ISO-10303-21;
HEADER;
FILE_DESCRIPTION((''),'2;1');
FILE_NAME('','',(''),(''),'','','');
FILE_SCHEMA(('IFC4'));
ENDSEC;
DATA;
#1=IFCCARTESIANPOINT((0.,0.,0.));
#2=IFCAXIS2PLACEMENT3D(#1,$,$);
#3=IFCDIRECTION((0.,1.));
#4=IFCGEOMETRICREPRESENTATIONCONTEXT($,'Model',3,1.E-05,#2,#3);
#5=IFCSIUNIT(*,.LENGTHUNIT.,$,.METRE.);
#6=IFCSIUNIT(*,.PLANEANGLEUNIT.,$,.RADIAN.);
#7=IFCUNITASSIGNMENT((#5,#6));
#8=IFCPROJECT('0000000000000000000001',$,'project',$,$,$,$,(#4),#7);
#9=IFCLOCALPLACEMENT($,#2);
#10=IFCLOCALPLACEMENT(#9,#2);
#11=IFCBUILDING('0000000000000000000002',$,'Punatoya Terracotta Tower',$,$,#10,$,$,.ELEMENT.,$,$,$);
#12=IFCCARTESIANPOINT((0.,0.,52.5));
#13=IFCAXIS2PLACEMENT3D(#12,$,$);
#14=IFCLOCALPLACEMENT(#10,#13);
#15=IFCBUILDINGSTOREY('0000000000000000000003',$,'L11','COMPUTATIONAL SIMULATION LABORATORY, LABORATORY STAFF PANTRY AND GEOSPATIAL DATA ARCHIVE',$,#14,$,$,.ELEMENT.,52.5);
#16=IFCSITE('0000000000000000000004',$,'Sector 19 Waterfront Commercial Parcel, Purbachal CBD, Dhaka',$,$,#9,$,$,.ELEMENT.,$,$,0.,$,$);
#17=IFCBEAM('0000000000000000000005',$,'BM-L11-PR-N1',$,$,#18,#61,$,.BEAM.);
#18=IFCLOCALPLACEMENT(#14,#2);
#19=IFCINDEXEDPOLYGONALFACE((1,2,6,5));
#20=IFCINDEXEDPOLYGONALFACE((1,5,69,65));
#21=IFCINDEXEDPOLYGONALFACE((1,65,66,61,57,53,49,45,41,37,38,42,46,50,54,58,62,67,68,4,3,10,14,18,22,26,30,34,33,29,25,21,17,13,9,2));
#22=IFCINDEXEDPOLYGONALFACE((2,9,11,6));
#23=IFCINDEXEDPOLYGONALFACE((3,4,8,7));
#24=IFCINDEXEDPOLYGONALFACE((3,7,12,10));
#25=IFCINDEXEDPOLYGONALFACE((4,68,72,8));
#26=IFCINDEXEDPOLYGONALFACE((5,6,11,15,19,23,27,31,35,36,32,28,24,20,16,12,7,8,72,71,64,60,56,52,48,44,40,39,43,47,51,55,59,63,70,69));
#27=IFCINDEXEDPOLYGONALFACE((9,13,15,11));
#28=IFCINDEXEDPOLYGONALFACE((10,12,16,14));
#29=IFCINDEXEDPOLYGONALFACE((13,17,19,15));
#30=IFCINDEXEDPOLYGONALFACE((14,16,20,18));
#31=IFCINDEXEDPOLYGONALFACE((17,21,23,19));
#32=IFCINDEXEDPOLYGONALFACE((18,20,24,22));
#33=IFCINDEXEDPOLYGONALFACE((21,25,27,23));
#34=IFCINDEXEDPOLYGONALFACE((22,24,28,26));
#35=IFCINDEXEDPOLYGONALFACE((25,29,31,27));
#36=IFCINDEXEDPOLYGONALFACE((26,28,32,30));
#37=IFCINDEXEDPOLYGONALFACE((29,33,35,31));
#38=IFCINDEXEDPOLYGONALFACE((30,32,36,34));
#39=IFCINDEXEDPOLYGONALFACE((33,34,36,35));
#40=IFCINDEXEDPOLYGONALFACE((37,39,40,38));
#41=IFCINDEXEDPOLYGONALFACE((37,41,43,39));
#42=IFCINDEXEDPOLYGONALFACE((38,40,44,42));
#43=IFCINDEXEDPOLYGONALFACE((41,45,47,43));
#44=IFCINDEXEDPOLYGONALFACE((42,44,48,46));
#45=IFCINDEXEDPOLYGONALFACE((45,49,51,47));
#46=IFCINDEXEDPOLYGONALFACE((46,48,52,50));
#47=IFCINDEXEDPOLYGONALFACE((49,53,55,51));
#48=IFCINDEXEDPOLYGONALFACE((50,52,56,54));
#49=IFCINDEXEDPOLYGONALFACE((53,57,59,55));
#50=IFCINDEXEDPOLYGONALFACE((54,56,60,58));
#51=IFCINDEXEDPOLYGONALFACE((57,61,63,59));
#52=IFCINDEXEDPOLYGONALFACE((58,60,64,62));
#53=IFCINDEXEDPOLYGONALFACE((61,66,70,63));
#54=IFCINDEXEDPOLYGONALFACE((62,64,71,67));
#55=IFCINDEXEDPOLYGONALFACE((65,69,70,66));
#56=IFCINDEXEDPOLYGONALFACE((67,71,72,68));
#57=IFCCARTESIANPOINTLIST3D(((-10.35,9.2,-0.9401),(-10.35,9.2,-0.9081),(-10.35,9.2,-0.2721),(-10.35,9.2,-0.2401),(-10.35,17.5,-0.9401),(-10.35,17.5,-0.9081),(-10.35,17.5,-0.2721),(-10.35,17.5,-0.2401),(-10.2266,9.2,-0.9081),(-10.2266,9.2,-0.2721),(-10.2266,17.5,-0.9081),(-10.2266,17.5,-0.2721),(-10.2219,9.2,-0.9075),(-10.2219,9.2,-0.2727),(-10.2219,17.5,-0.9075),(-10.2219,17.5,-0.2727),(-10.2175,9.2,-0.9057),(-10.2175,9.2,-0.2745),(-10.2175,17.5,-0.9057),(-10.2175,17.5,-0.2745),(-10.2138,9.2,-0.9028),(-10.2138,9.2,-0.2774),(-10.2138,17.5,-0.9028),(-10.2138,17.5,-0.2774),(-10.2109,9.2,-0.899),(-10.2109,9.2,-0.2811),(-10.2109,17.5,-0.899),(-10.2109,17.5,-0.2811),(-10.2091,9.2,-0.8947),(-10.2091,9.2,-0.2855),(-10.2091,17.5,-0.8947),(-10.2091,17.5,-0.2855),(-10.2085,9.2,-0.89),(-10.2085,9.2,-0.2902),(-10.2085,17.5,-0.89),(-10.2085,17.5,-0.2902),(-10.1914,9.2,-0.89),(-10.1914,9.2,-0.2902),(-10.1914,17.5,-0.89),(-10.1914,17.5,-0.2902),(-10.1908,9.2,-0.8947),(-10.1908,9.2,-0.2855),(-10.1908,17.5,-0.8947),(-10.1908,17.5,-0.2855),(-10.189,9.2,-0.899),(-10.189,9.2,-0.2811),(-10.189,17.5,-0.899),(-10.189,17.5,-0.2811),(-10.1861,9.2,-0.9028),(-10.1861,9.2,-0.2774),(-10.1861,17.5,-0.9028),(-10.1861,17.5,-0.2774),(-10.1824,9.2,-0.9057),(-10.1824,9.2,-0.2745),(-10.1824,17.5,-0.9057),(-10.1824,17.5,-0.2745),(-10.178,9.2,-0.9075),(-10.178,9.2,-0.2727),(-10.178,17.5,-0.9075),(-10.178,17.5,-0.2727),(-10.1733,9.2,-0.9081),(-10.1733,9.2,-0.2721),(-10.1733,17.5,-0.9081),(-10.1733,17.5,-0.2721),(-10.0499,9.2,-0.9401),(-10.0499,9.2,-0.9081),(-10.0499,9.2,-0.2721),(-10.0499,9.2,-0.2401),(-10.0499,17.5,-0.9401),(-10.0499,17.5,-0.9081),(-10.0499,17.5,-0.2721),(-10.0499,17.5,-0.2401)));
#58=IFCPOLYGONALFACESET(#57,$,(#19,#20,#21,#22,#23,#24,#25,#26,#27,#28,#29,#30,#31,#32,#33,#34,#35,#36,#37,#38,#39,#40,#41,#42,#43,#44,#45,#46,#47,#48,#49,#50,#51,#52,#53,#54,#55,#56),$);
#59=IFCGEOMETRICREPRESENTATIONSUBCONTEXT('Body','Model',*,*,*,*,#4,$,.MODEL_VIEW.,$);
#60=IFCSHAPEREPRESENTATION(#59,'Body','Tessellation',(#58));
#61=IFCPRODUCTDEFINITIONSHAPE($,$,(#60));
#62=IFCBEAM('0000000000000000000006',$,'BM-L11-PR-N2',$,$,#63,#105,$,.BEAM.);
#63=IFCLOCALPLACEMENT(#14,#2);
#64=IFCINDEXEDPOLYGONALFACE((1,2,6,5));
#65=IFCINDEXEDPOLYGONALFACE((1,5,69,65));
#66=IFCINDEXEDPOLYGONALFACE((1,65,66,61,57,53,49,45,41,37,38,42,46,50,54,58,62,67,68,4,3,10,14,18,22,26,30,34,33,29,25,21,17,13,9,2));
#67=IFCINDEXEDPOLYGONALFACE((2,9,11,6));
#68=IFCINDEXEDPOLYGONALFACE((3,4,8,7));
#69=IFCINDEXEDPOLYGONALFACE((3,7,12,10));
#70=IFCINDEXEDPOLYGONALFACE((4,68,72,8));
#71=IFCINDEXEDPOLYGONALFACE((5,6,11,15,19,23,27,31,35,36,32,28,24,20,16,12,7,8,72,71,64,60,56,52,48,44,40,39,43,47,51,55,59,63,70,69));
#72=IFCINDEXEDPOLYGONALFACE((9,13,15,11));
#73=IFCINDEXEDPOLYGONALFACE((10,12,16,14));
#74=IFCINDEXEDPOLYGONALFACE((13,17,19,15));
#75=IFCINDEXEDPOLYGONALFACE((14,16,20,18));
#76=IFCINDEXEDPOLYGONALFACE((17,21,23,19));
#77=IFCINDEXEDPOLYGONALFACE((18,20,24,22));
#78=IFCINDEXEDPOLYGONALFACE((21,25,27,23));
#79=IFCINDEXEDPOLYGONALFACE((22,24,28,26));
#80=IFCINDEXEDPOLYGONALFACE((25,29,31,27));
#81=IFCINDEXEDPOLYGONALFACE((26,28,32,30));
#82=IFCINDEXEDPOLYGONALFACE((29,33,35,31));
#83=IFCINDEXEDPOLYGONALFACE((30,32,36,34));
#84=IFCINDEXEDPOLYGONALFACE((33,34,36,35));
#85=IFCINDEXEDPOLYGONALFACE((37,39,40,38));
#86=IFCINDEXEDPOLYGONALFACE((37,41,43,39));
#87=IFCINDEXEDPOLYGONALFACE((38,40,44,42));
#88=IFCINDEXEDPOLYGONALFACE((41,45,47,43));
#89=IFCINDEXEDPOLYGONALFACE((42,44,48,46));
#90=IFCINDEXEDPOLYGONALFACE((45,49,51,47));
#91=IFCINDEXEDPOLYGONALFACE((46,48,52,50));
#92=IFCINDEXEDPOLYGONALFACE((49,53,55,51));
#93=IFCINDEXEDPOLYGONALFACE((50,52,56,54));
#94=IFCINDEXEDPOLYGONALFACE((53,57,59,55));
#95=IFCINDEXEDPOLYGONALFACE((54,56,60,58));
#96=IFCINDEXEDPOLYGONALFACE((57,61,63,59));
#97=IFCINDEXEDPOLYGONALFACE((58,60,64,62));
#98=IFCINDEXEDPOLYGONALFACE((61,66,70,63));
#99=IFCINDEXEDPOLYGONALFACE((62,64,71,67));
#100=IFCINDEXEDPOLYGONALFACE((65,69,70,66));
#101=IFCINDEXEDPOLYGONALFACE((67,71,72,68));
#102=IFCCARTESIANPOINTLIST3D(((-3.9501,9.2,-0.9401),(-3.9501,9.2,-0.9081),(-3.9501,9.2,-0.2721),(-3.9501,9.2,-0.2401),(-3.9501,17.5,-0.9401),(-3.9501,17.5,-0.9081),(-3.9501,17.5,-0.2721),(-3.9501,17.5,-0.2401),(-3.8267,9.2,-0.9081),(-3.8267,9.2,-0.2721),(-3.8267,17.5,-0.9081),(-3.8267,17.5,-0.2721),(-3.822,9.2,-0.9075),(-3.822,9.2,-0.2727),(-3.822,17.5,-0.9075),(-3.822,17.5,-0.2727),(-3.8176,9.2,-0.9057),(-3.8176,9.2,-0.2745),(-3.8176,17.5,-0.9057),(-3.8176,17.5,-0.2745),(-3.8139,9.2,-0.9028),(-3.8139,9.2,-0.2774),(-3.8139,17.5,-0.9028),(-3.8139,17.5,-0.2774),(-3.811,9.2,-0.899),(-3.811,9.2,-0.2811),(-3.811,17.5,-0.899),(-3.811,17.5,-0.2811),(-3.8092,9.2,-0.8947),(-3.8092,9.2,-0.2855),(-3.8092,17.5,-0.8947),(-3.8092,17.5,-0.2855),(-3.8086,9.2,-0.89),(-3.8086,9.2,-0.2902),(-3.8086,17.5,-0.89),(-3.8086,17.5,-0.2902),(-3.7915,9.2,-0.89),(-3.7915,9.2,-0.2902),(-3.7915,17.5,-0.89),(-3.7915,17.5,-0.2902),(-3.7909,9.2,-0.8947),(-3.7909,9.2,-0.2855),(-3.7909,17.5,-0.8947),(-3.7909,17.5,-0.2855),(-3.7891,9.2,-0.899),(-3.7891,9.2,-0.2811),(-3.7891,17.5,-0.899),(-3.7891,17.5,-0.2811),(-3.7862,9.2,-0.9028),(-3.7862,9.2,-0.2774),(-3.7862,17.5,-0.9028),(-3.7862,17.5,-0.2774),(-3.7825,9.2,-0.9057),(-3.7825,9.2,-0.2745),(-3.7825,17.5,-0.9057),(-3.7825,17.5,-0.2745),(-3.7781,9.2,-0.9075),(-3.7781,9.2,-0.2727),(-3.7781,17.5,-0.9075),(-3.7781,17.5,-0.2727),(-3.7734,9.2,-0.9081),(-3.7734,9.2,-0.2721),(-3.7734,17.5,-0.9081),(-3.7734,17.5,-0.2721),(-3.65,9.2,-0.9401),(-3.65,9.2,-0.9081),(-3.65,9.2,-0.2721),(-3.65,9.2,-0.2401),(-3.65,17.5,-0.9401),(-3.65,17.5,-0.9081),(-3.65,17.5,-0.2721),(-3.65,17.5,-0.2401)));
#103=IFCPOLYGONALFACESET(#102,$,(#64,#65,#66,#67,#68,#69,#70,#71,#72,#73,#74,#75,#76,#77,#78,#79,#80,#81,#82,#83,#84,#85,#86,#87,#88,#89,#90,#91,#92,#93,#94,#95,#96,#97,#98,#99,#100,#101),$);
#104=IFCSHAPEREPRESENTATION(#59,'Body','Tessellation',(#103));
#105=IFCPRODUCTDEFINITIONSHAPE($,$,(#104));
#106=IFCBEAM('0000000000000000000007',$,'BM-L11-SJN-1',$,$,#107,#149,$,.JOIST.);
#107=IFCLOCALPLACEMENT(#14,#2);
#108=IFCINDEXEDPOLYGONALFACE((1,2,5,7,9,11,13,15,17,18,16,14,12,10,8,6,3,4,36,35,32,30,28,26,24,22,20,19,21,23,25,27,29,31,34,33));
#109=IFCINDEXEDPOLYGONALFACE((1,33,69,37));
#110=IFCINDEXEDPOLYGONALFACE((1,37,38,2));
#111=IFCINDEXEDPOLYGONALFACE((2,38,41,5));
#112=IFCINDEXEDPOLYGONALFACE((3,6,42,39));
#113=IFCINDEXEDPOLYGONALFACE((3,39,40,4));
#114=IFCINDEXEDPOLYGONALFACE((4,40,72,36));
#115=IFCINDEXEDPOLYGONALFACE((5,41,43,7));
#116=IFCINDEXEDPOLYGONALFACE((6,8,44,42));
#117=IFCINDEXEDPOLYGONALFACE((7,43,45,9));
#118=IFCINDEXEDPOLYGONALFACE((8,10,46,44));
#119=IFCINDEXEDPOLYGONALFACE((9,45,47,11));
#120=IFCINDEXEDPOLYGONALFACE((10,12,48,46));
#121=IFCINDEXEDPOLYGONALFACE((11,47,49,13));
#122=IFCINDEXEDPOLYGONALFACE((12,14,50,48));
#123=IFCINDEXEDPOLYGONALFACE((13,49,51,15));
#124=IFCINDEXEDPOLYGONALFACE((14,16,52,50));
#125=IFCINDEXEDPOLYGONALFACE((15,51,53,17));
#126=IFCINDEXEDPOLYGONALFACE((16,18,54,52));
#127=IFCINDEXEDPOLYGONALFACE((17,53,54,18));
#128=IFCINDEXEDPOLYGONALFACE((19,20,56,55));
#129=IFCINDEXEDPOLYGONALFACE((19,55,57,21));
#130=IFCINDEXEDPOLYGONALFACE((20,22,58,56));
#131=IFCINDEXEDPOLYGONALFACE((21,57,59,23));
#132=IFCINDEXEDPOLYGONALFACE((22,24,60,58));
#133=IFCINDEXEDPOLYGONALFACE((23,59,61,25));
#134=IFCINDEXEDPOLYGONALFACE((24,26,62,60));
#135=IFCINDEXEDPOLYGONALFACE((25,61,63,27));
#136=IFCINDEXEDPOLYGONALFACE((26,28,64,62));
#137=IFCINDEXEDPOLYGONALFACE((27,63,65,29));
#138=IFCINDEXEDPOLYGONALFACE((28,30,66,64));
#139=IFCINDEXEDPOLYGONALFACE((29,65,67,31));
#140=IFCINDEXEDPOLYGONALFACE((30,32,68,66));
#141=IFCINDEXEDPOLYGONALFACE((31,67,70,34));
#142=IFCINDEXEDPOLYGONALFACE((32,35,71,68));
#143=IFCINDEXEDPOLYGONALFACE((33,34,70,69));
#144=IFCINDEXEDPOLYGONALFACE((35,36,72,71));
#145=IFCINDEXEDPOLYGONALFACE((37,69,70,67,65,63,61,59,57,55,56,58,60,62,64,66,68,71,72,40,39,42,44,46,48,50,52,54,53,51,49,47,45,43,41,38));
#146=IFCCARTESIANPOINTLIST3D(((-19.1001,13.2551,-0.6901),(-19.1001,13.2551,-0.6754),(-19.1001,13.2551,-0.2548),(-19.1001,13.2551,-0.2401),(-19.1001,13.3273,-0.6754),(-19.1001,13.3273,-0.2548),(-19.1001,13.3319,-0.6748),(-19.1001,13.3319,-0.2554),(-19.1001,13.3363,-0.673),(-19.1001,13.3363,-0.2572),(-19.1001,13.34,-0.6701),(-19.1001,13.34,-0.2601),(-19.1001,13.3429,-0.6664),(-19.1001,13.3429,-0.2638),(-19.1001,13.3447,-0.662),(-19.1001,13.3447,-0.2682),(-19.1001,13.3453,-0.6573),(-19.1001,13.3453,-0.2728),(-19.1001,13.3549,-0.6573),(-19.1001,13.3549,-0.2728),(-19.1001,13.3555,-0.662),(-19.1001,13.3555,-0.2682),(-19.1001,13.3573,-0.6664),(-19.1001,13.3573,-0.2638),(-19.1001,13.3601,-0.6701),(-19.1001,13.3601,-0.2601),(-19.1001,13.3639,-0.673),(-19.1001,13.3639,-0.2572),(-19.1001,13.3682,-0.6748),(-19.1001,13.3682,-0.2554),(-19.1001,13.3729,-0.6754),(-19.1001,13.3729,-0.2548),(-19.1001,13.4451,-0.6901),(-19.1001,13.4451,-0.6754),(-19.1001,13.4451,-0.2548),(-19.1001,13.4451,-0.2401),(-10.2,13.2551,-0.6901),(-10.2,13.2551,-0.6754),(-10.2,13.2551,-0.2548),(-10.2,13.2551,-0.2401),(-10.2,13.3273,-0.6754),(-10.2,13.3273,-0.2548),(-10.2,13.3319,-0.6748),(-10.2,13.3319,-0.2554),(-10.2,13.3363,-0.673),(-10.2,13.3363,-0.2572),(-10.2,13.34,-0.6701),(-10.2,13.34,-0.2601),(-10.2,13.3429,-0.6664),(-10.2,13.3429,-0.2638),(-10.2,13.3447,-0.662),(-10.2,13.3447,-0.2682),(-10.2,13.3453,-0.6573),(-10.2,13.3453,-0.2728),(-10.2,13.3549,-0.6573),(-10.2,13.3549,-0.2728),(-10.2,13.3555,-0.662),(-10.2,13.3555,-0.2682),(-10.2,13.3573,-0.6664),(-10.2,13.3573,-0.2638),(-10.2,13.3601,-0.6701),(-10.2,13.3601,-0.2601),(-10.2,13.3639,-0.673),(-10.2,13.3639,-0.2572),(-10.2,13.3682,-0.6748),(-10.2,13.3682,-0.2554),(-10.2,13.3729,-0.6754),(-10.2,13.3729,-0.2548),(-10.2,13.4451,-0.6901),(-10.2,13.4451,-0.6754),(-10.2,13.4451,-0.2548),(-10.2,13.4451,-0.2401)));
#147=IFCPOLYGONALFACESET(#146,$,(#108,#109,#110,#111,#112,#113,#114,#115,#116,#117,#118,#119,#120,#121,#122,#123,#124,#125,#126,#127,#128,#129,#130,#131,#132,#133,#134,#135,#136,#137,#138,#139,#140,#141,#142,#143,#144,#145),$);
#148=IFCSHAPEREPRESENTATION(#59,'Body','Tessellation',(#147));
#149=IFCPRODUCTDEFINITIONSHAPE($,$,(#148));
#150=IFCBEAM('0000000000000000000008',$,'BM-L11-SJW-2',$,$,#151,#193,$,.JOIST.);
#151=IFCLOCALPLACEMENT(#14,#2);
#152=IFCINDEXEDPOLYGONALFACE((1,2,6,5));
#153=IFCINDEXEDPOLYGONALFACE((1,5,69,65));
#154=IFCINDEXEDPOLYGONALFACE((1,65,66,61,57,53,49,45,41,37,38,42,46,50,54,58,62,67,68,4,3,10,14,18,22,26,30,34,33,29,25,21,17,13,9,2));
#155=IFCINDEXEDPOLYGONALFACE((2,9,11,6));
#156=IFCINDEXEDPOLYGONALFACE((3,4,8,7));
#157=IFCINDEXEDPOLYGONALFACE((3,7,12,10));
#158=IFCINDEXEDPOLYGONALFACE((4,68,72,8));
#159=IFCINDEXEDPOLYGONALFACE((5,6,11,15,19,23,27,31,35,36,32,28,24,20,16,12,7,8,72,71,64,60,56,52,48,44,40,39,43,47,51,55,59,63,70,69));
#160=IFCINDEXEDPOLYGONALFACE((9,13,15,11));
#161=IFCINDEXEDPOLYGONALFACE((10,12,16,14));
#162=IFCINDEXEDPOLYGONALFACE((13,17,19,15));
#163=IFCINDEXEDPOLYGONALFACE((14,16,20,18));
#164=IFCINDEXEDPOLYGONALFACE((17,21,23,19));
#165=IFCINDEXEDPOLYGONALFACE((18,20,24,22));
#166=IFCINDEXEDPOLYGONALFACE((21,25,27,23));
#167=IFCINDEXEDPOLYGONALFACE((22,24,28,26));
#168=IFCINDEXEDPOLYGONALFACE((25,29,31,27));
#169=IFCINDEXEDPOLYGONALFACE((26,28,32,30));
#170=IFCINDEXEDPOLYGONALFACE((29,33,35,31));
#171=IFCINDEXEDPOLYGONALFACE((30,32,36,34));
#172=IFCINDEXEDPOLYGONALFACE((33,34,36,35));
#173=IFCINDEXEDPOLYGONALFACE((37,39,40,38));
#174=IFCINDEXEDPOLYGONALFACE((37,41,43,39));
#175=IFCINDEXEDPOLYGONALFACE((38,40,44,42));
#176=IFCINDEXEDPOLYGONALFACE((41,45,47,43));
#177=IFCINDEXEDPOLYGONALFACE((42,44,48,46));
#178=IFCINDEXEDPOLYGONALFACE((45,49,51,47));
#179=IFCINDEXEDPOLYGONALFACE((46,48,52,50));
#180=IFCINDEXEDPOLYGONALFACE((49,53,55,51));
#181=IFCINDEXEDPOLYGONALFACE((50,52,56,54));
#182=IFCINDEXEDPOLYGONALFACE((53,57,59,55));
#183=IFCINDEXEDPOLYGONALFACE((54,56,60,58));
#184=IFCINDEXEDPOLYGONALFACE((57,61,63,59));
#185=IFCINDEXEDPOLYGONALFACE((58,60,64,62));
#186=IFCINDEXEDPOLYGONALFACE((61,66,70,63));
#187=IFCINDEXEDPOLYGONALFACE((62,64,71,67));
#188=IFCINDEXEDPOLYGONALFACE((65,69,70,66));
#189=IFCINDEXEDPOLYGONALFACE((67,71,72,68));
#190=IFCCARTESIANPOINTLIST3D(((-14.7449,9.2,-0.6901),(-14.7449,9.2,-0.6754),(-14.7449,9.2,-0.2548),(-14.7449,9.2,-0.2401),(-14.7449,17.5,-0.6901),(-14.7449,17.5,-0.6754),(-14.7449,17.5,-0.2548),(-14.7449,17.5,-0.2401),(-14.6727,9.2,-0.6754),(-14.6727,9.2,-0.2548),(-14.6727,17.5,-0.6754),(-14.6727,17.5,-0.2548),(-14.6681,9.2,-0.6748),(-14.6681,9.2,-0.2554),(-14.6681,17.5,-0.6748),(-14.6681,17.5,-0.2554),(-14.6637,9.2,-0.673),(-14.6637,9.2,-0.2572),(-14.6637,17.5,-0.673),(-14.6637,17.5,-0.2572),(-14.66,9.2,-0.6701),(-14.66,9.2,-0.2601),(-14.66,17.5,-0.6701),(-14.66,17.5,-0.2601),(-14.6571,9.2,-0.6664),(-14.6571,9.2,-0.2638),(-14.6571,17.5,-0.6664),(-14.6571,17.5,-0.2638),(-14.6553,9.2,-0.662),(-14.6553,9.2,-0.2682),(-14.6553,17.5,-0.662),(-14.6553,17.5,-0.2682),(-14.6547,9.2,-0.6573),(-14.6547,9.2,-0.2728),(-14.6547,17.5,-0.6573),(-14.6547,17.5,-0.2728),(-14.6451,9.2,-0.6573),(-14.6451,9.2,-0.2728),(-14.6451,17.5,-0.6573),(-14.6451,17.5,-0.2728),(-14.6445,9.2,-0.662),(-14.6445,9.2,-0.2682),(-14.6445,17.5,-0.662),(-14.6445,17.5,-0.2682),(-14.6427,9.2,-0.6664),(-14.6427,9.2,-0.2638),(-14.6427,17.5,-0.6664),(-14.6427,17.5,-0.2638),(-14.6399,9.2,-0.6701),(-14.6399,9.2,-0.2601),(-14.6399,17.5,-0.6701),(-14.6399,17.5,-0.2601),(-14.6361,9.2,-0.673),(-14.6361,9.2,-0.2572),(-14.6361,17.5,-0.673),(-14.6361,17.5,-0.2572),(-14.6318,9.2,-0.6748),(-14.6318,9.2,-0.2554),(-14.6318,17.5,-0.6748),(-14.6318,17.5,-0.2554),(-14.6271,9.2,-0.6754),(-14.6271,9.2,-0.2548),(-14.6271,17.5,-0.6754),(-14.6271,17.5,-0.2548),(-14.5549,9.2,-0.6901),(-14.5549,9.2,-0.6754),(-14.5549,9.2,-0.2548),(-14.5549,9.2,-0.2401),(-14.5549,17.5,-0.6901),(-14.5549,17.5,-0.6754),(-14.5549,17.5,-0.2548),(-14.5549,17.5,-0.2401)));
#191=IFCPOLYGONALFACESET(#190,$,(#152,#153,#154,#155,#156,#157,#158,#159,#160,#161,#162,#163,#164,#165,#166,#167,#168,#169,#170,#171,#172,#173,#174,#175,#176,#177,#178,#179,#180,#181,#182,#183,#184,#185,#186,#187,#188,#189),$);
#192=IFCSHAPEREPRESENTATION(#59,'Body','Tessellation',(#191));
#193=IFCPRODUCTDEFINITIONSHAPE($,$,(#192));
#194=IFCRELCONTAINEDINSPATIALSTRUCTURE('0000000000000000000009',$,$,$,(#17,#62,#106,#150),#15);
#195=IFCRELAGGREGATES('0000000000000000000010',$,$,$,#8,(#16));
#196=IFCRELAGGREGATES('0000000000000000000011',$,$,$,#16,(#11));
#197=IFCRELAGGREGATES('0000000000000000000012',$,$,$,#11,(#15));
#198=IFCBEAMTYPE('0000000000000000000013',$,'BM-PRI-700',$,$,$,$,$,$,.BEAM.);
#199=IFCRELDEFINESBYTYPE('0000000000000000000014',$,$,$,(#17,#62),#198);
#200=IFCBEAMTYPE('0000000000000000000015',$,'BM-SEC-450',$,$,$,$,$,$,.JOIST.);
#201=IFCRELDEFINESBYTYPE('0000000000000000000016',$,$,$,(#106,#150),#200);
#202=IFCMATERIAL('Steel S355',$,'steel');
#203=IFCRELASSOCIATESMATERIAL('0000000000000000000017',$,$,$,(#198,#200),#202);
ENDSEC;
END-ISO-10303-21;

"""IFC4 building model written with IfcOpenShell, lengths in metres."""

from ifc_helpers import new_model, si_unit, direction, frame, origin, origin_2d, place, context, subcontext, project, spatial, i_section, extrude, material, material_profile, profile_set, type_object, element, save


model = new_model("IFC4")

# Units and contexts
model_context = context("Model", 3, precision=1e-05, world=origin(), true_north=direction((0.0, 1.0)))
body_context = subcontext(model_context, "Body", "Model", "MODEL_VIEW")
ifc_project = project(units=[si_unit("LENGTHUNIT", "METRE"), si_unit("PLANEANGLEUNIT", "RADIAN")], contexts=[model_context])

# Site, building, storey
site_placement = place(None, origin())
site = spatial("IfcSite", under=ifc_project, at=site_placement, Name="Sector 19 Waterfront Commercial Parcel, Purbachal CBD, Dhaka", CompositionType="ELEMENT", RefElevation=0.0)
building_placement = place(site_placement, origin())
building = spatial("IfcBuilding", under=site, at=building_placement, Name="Punatoya Terracotta Tower", CompositionType="ELEMENT")
storey_placement = place(building_placement, frame((0.0, 0.0, 52.5)))
storey = spatial("IfcBuildingStorey", under=building, at=storey_placement, Name="L11", Description="COMPUTATIONAL SIMULATION LABORATORY, LABORATORY STAFF PANTRY AND GEOSPATIAL DATA ARCHIVE", CompositionType="ELEMENT", Elevation=52.5)

# Beams
ifc_material_1 = material(Name="Steel S355", Category="steel")
ifc_material_profile_1 = material_profile(ifc_material_1, i_section(OverallWidth=0.3, OverallDepth=0.7, WebThickness=0.0171, FlangeThickness=0.032, FilletRadius=0.0181, at=origin_2d()))
ifc_profile_set_1 = profile_set([ifc_material_profile_1], Name="Steel S355")
beam_type_1 = type_object("IfcBeamType", Name="BM-PRI-700", PredefinedType="BEAM", material=ifc_profile_set_1)
for number, where, z_axis, x_axis, name in (
    (1, (-10.2, 9.2, -0.5901), (0.0, 1.0, 0.0), (-1.0, 0.0, 0.0), "BM-L11-PR-N1"),
    (2, (-3.8, 9.2, -0.5901), (0.0, 1.0, 0.0), (-1.0, 0.0, 0.0), "BM-L11-PR-N2"),
):
    element("IfcBeam", number, at=place(storey_placement, frame(where, z_axis=z_axis, x_axis=x_axis)), inside=storey, type_object=beam_type_1, Name=name, PredefinedType="BEAM", context=body_context, shape_type="SweptSolid", body=[
        extrude(i_section(OverallWidth=0.3, OverallDepth=0.7, WebThickness=0.0171, FlangeThickness=0.032, FilletRadius=0.0181, at=origin_2d()), origin(), (0.0, 0.0, 1.0), 8.3),
    ])
ifc_material_profile_2 = material_profile(ifc_material_1, i_section(OverallWidth=0.1899, OverallDepth=0.45, WebThickness=0.0095, FlangeThickness=0.0146, FilletRadius=0.0181, at=origin_2d()))
ifc_profile_set_2 = profile_set([ifc_material_profile_2], Name="Steel S355")
beam_type_2 = type_object("IfcBeamType", Name="BM-SEC-450", PredefinedType="JOIST", material=ifc_profile_set_2)
beam_1_placement = place(storey_placement, frame((-19.1001, 13.3501, -0.4651), z_axis=(1.0, 0.0, 0.0), x_axis=(0.0, 1.0, 0.0)))
element("IfcBeam", 3, at=beam_1_placement, inside=storey, type_object=beam_type_2, Name="BM-L11-SJN-1", PredefinedType="JOIST", context=body_context, shape_type="SweptSolid", body=[
    extrude(i_section(OverallWidth=0.1899, OverallDepth=0.45, WebThickness=0.0095, FlangeThickness=0.0146, FilletRadius=0.0181, at=origin_2d()), origin(), (0.0, 0.0, 1.0), 8.9001),
])
beam_2_placement = place(storey_placement, frame((-14.6499, 9.2, -0.4651), z_axis=(0.0, 1.0, 0.0), x_axis=(-1.0, 0.0, 0.0)))
element("IfcBeam", 4, at=beam_2_placement, inside=storey, type_object=beam_type_2, Name="BM-L11-SJW-2", PredefinedType="JOIST", context=body_context, shape_type="SweptSolid", body=[
    extrude(i_section(OverallWidth=0.1899, OverallDepth=0.45, WebThickness=0.0095, FlangeThickness=0.0146, FilletRadius=0.0181, at=origin_2d()), origin(), (0.0, 0.0, 1.0), 8.3),
])

save(model, "model.ifc")
